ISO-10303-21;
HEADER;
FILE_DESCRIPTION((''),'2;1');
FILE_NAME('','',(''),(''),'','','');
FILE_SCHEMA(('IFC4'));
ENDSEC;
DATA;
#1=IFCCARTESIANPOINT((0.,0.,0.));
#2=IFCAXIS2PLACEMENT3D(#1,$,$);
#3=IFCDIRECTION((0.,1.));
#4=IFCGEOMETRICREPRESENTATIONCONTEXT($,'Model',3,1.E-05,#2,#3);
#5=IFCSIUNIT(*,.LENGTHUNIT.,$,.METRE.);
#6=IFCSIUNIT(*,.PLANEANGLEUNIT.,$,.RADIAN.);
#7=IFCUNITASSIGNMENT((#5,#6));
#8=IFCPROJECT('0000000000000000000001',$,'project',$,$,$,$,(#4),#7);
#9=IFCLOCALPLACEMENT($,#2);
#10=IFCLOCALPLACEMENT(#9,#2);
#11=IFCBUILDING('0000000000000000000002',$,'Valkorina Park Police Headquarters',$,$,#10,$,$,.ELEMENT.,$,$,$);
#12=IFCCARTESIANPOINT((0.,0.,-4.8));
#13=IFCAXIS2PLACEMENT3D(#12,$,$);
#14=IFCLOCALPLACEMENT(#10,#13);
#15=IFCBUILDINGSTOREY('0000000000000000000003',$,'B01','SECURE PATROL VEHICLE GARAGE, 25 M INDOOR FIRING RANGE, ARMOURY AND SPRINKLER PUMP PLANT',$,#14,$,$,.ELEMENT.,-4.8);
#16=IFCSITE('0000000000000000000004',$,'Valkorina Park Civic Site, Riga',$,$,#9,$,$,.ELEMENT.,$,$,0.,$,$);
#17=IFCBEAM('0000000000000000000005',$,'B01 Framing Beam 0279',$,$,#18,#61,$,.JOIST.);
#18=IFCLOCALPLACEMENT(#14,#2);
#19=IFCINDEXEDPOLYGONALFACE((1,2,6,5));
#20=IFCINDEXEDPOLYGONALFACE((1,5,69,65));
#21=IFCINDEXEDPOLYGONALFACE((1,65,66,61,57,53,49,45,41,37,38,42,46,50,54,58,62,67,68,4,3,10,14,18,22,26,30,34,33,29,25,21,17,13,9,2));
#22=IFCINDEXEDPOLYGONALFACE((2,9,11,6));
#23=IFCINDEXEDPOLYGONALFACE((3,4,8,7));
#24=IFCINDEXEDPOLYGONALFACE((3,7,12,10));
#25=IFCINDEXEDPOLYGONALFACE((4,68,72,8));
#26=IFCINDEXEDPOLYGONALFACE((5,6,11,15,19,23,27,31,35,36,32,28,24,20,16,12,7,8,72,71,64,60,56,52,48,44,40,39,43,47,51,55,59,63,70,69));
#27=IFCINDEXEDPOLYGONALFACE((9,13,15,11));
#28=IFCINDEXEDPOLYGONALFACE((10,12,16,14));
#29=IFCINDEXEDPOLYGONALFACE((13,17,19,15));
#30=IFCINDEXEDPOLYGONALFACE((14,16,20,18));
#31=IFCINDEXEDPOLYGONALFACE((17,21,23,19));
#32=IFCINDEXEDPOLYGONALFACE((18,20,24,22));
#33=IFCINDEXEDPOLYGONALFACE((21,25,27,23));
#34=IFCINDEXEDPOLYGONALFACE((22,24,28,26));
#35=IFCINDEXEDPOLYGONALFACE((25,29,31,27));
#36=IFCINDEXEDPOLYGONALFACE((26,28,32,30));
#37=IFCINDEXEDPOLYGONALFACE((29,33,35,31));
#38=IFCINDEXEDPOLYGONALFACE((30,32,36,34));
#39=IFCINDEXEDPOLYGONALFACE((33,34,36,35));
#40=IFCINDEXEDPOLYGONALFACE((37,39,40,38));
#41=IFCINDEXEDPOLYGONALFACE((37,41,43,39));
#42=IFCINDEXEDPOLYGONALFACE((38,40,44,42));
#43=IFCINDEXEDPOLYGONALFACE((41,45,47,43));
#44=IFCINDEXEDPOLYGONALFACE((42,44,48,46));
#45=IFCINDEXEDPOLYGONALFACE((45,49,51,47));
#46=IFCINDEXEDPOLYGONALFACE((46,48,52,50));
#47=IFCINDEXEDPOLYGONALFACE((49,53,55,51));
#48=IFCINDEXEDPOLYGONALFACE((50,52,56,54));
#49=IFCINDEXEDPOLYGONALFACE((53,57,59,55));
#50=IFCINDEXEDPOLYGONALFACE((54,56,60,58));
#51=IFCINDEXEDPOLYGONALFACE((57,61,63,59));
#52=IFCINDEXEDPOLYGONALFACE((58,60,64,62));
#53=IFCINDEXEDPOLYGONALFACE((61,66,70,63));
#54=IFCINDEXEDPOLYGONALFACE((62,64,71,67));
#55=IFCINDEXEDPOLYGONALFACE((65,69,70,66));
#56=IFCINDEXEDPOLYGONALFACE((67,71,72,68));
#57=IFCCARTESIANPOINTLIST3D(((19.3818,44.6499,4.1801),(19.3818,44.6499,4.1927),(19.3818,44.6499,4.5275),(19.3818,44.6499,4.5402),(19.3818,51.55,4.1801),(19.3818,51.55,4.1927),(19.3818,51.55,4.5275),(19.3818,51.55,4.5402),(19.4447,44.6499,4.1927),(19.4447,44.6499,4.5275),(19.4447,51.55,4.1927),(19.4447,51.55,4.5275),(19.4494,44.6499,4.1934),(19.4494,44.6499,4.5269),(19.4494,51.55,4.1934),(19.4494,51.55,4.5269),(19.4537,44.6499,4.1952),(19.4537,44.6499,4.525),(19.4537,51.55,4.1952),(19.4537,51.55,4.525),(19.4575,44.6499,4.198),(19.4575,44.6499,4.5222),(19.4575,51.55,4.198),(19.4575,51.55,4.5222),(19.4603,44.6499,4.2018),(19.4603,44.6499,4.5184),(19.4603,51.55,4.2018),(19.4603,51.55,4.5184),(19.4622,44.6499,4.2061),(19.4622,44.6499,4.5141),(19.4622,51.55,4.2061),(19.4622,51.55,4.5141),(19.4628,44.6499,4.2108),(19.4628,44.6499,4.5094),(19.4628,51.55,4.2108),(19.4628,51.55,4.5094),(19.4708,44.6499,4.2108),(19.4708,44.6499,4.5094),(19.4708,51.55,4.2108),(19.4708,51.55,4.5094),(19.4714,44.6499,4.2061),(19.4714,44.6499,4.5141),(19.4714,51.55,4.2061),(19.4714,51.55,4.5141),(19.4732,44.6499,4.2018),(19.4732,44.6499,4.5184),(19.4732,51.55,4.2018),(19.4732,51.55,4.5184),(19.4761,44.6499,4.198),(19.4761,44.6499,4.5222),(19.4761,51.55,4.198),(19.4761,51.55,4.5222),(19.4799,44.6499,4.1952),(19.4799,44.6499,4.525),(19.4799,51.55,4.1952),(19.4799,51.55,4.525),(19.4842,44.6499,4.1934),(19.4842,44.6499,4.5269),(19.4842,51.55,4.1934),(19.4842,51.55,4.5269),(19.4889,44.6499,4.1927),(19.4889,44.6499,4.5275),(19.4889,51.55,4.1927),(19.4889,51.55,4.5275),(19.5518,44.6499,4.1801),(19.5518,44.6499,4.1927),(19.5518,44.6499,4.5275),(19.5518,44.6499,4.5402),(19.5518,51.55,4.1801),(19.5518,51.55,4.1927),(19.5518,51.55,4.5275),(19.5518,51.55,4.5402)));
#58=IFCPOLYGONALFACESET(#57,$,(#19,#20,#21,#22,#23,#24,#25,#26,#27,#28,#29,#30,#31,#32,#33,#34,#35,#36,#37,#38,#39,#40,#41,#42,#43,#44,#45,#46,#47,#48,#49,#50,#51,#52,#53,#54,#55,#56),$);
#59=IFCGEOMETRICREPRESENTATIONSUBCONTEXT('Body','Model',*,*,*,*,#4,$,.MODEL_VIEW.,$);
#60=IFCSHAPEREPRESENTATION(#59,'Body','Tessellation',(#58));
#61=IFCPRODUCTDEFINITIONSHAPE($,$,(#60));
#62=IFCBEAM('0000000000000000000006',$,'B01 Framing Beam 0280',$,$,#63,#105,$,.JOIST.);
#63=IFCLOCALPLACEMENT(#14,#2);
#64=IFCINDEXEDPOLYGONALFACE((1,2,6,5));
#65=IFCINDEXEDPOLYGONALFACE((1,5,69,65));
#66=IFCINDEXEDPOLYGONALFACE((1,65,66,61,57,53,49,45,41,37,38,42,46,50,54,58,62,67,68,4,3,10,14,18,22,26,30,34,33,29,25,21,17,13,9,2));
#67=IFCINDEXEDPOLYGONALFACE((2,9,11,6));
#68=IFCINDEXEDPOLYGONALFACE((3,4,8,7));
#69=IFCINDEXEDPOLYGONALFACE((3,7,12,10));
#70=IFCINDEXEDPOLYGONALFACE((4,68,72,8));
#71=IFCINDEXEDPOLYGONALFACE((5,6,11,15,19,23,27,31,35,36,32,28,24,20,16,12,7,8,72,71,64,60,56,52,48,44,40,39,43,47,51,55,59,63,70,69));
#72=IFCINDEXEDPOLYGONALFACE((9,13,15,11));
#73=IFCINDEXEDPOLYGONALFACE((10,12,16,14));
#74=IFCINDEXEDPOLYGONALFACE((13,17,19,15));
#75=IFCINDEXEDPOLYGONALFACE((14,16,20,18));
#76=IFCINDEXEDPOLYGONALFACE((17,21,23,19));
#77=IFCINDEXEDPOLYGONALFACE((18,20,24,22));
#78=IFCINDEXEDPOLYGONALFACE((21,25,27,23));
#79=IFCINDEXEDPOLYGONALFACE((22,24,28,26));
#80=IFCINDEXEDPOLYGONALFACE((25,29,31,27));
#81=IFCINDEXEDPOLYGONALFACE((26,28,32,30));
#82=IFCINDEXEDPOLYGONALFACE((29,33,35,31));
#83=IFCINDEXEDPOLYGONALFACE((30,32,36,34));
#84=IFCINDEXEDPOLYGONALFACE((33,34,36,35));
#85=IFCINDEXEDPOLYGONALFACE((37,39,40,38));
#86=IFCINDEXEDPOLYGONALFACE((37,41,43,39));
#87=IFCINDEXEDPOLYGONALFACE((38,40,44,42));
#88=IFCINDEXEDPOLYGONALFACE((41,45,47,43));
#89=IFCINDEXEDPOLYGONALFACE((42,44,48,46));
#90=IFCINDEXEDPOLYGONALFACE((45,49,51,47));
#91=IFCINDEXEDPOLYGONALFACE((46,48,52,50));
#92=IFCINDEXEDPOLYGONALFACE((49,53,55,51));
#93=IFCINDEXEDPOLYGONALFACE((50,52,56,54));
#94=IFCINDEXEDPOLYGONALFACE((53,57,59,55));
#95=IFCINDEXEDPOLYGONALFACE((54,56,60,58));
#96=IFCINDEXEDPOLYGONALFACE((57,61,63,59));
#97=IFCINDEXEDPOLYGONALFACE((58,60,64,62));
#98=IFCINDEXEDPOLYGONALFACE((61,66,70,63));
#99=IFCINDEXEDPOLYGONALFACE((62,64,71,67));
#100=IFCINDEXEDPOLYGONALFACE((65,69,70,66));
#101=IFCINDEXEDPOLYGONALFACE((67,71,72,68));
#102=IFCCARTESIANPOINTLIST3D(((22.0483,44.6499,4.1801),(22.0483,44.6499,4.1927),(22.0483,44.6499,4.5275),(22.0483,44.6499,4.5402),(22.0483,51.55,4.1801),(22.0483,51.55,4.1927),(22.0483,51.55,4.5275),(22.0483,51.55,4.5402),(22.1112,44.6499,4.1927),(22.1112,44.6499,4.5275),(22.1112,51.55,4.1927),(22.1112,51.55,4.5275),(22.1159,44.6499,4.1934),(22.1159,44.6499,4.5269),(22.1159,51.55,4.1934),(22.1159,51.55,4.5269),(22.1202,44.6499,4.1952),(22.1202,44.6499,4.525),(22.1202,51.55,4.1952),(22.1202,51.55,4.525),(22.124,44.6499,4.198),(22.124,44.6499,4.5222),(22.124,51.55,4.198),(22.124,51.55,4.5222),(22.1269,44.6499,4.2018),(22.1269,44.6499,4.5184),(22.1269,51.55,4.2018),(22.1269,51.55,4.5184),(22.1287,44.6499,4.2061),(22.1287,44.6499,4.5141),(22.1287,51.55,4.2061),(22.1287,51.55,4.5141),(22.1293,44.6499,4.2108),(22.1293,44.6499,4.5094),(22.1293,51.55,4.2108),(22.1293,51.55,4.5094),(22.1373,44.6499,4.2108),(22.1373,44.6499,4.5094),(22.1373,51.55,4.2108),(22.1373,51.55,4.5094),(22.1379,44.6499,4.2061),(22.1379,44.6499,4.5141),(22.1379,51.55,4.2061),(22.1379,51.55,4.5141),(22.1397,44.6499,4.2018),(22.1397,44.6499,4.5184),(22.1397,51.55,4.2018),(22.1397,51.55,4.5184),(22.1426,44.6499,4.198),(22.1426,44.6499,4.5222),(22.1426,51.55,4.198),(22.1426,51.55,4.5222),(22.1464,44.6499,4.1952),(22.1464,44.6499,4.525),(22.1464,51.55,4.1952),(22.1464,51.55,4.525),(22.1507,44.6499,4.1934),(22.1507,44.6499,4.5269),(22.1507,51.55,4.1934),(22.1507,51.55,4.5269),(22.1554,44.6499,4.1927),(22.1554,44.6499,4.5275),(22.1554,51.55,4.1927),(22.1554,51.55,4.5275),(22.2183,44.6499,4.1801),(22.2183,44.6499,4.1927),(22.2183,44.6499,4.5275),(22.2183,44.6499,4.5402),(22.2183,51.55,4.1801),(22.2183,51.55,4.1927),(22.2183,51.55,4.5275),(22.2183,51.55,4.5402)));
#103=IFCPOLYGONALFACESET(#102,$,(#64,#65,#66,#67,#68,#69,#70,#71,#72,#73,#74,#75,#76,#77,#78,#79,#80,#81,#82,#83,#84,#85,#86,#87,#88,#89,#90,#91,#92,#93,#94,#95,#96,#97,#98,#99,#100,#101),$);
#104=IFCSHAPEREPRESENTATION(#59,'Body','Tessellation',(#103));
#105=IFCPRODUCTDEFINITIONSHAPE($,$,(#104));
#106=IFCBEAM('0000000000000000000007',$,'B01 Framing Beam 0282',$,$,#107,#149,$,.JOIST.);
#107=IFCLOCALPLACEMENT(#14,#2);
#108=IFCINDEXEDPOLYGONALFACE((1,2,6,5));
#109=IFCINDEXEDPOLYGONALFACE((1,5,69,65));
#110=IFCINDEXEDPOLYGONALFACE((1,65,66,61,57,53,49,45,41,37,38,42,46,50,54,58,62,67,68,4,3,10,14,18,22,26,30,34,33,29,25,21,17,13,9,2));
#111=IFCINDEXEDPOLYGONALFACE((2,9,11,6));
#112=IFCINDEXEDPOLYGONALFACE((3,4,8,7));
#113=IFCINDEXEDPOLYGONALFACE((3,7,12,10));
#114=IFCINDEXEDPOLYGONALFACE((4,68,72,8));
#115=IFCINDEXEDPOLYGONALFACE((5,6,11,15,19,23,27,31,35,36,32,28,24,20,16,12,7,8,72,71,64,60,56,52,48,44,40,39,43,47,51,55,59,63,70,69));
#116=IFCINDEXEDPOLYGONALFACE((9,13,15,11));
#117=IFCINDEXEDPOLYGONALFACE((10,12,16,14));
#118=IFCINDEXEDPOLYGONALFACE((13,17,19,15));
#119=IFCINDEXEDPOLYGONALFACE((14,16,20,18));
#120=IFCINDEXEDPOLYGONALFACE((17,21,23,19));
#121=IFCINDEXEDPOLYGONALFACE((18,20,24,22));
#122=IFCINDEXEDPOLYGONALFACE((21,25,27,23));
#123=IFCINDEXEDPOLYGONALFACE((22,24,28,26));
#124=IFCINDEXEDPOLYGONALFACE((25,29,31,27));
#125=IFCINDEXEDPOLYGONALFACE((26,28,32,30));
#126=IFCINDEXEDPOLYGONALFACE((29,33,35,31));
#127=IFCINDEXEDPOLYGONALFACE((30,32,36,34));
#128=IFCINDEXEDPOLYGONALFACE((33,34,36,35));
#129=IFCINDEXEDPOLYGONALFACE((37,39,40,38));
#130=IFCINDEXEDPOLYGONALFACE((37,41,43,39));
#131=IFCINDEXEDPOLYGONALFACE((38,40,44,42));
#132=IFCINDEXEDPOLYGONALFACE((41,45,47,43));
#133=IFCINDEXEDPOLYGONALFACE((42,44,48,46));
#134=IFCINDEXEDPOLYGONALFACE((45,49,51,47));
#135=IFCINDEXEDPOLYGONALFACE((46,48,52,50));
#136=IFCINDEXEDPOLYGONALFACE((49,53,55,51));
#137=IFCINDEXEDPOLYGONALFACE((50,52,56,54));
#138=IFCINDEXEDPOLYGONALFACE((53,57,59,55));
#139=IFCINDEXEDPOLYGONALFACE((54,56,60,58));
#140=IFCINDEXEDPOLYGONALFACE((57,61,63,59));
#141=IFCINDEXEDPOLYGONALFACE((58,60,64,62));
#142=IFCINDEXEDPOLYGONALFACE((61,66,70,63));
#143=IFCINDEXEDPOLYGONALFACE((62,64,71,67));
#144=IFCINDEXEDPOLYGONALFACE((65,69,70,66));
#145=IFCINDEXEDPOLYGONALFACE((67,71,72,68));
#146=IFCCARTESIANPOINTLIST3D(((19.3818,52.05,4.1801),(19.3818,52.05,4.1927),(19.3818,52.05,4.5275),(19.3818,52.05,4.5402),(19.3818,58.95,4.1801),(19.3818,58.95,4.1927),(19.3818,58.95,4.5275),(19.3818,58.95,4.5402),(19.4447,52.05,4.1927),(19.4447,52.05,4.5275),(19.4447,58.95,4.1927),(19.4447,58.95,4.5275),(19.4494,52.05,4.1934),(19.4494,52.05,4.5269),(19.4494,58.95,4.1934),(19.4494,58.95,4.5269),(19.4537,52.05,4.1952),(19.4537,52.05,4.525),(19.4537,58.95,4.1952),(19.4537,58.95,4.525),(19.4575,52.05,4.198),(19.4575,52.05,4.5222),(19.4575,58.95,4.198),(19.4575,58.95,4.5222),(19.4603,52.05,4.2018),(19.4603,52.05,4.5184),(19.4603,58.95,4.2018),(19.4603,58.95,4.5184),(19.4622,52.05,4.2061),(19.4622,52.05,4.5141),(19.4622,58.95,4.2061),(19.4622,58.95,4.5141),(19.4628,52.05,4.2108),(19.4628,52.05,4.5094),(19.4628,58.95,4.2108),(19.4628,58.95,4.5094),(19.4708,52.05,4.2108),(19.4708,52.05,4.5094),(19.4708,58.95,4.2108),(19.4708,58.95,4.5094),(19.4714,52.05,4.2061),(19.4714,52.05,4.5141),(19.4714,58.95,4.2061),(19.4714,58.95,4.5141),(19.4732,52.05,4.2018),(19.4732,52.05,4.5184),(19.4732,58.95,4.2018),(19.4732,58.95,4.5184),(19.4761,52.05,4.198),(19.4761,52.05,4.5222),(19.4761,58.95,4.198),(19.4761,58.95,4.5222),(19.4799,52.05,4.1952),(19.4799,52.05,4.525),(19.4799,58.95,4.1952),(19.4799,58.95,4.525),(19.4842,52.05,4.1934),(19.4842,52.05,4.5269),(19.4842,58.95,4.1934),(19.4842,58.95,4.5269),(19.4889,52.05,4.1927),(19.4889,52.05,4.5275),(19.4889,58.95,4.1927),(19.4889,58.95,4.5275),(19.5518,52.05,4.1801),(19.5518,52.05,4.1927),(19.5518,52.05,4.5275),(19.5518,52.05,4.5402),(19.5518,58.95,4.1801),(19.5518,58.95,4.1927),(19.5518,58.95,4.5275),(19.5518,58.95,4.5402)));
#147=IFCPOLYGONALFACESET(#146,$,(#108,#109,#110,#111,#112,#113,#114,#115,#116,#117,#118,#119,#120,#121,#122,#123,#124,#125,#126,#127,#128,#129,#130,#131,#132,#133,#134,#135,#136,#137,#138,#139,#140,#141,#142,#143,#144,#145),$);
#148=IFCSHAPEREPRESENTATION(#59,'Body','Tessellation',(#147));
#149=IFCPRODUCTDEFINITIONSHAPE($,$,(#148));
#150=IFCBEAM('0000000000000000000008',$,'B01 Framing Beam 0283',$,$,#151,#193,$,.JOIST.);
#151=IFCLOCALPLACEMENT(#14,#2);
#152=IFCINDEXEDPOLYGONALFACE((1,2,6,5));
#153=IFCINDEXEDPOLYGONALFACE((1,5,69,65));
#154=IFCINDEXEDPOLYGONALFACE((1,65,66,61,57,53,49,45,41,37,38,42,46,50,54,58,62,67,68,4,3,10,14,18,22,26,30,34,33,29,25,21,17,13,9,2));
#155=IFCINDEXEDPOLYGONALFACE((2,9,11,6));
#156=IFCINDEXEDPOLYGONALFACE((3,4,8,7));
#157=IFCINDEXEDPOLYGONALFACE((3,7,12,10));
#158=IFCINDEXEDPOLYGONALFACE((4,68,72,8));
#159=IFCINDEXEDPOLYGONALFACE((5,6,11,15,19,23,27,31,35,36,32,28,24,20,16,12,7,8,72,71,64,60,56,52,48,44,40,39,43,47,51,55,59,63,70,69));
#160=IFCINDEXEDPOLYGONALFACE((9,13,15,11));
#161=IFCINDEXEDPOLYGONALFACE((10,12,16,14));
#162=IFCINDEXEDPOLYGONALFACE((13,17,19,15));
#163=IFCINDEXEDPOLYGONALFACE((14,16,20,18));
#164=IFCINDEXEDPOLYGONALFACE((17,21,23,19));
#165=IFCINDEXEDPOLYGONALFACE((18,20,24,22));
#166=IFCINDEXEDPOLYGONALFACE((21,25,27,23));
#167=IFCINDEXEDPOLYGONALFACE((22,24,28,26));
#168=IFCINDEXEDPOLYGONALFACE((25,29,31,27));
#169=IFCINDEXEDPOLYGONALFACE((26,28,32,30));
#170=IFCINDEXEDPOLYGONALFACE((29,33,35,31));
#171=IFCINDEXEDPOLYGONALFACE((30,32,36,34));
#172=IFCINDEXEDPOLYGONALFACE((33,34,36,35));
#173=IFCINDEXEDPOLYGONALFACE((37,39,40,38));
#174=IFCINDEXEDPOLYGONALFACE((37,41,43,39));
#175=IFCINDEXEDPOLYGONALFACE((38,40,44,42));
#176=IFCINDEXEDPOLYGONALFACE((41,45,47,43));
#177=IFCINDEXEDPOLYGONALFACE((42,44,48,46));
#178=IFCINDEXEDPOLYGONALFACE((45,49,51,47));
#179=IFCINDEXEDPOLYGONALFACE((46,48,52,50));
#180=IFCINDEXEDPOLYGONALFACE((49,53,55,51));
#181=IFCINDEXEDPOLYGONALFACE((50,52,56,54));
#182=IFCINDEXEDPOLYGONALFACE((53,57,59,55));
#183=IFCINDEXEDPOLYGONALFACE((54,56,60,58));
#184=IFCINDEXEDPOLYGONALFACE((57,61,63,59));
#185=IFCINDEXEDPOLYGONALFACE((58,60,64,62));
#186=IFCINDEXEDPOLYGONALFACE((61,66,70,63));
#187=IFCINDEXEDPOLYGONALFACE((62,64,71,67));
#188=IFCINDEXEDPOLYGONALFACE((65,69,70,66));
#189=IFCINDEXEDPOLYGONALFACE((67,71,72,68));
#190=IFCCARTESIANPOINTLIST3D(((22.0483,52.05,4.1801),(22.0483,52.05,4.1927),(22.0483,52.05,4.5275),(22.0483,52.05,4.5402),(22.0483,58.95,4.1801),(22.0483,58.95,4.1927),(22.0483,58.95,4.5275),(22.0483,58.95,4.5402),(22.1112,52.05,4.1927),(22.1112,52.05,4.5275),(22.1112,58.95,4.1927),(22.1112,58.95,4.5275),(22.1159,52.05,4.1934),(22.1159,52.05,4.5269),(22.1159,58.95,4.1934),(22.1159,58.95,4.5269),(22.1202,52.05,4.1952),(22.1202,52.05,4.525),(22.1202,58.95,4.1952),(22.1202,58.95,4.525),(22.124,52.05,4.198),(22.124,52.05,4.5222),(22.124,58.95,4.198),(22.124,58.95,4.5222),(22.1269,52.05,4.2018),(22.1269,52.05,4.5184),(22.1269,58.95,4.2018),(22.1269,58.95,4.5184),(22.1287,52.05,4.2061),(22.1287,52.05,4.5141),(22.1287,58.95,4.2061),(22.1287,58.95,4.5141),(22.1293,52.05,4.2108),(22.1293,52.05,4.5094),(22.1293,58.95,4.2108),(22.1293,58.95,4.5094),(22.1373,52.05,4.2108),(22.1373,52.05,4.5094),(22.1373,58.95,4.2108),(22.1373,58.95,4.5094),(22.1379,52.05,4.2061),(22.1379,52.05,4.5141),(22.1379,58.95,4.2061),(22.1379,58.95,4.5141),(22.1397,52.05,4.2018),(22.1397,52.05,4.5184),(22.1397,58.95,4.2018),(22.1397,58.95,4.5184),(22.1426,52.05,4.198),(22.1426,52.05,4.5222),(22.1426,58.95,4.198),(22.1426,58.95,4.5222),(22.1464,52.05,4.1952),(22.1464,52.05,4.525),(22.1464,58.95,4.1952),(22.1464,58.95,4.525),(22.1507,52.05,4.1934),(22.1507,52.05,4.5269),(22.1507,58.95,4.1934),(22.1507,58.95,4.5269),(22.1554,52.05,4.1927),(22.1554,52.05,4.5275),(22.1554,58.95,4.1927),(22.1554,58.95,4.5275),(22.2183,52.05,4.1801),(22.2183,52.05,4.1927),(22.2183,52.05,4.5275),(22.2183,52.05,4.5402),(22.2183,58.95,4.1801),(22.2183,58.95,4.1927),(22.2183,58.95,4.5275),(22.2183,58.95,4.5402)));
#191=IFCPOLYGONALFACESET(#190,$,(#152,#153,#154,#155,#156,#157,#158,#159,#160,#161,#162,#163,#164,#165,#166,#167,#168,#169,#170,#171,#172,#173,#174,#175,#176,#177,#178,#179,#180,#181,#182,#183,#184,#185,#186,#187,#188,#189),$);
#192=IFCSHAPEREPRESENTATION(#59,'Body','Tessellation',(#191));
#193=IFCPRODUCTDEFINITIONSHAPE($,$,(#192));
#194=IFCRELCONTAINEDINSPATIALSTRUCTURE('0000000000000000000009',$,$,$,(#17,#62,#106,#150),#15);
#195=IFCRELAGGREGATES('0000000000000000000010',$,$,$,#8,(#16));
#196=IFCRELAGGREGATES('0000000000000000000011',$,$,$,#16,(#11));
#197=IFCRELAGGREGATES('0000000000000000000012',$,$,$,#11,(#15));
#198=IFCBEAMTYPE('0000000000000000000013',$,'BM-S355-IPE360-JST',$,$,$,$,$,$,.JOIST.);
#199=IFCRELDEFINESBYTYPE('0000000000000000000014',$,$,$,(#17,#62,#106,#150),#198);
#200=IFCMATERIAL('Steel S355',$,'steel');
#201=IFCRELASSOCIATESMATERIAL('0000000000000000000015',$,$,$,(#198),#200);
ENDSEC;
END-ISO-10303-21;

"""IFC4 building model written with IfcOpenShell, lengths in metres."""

from ifc_helpers import new_model, si_unit, direction, frame, origin, origin_2d, place, context, subcontext, project, spatial, i_section, extrude, material, material_profile, profile_set, type_object, element, save


model = new_model("IFC4")

# Units and contexts
model_context = context("Model", 3, precision=1e-05, world=origin(), true_north=direction((0.0, 1.0)))
body_context = subcontext(model_context, "Body", "Model", "MODEL_VIEW")
ifc_project = project(units=[si_unit("LENGTHUNIT", "METRE"), si_unit("PLANEANGLEUNIT", "RADIAN")], contexts=[model_context])

# Site, building, storey
site_placement = place(None, origin())
site = spatial("IfcSite", under=ifc_project, at=site_placement, Name="Valkorina Park Civic Site, Riga", CompositionType="ELEMENT", RefElevation=0.0)
building_placement = place(site_placement, origin())
building = spatial("IfcBuilding", under=site, at=building_placement, Name="Valkorina Park Police Headquarters", CompositionType="ELEMENT")
storey_placement = place(building_placement, frame((0.0, 0.0, -4.8)))
storey = spatial("IfcBuildingStorey", under=building, at=storey_placement, Name="B01", Description="SECURE PATROL VEHICLE GARAGE, 25 M INDOOR FIRING RANGE, ARMOURY AND SPRINKLER PUMP PLANT", CompositionType="ELEMENT", Elevation=-4.8)

# Beams
ifc_material_1 = material(Name="Steel S355", Category="steel")
ifc_material_profile_1 = material_profile(ifc_material_1, i_section(OverallWidth=0.1699, OverallDepth=0.3601, WebThickness=0.0081, FlangeThickness=0.0127, FilletRadius=0.0181, at=origin_2d()), Name="IPE 360")
ifc_profile_set_1 = profile_set([ifc_material_profile_1], Name="Steel S355")
beam_type_1 = type_object("IfcBeamType", Name="BM-S355-IPE360-JST", PredefinedType="JOIST", material=ifc_profile_set_1)
for number, where, z_axis, x_axis, name in (
    (1, (19.4668, 44.6499, 4.3601), (0.0, 1.0, 0.0), (-1.0, 0.0, 0.0), "B01 Framing Beam 0279"),
    (2, (22.1333, 44.6499, 4.3601), (0.0, 1.0, 0.0), (-1.0, 0.0, 0.0), "B01 Framing Beam 0280"),
):
    element("IfcBeam", number, at=place(storey_placement, frame(where, z_axis=z_axis, x_axis=x_axis)), inside=storey, type_object=beam_type_1, Name=name, PredefinedType="JOIST", context=body_context, shape_type="SweptSolid", body=[
        extrude(i_section(OverallWidth=0.1699, OverallDepth=0.3601, WebThickness=0.0081, FlangeThickness=0.0127, FilletRadius=0.0181, at=origin_2d()), origin(), (0.0, 0.0, 1.0), 6.9001),
    ])
for number, where, z_axis, x_axis, name in (
    (3, (19.4668, 52.05, 4.3601), (0.0, 1.0, 0.0), (-1.0, 0.0, 0.0), "B01 Framing Beam 0282"),
    (4, (22.1333, 52.05, 4.3601), (0.0, 1.0, 0.0), (-1.0, 0.0, 0.0), "B01 Framing Beam 0283"),
):
    element("IfcBeam", number, at=place(storey_placement, frame(where, z_axis=z_axis, x_axis=x_axis)), inside=storey, type_object=beam_type_1, Name=name, PredefinedType="JOIST", context=body_context, shape_type="SweptSolid", body=[
        extrude(i_section(OverallWidth=0.1699, OverallDepth=0.3601, WebThickness=0.0081, FlangeThickness=0.0127, FilletRadius=0.0181, at=origin_2d()), origin(), (0.0, 0.0, 1.0), 6.8999),
    ])

save(model, "model.ifc")
